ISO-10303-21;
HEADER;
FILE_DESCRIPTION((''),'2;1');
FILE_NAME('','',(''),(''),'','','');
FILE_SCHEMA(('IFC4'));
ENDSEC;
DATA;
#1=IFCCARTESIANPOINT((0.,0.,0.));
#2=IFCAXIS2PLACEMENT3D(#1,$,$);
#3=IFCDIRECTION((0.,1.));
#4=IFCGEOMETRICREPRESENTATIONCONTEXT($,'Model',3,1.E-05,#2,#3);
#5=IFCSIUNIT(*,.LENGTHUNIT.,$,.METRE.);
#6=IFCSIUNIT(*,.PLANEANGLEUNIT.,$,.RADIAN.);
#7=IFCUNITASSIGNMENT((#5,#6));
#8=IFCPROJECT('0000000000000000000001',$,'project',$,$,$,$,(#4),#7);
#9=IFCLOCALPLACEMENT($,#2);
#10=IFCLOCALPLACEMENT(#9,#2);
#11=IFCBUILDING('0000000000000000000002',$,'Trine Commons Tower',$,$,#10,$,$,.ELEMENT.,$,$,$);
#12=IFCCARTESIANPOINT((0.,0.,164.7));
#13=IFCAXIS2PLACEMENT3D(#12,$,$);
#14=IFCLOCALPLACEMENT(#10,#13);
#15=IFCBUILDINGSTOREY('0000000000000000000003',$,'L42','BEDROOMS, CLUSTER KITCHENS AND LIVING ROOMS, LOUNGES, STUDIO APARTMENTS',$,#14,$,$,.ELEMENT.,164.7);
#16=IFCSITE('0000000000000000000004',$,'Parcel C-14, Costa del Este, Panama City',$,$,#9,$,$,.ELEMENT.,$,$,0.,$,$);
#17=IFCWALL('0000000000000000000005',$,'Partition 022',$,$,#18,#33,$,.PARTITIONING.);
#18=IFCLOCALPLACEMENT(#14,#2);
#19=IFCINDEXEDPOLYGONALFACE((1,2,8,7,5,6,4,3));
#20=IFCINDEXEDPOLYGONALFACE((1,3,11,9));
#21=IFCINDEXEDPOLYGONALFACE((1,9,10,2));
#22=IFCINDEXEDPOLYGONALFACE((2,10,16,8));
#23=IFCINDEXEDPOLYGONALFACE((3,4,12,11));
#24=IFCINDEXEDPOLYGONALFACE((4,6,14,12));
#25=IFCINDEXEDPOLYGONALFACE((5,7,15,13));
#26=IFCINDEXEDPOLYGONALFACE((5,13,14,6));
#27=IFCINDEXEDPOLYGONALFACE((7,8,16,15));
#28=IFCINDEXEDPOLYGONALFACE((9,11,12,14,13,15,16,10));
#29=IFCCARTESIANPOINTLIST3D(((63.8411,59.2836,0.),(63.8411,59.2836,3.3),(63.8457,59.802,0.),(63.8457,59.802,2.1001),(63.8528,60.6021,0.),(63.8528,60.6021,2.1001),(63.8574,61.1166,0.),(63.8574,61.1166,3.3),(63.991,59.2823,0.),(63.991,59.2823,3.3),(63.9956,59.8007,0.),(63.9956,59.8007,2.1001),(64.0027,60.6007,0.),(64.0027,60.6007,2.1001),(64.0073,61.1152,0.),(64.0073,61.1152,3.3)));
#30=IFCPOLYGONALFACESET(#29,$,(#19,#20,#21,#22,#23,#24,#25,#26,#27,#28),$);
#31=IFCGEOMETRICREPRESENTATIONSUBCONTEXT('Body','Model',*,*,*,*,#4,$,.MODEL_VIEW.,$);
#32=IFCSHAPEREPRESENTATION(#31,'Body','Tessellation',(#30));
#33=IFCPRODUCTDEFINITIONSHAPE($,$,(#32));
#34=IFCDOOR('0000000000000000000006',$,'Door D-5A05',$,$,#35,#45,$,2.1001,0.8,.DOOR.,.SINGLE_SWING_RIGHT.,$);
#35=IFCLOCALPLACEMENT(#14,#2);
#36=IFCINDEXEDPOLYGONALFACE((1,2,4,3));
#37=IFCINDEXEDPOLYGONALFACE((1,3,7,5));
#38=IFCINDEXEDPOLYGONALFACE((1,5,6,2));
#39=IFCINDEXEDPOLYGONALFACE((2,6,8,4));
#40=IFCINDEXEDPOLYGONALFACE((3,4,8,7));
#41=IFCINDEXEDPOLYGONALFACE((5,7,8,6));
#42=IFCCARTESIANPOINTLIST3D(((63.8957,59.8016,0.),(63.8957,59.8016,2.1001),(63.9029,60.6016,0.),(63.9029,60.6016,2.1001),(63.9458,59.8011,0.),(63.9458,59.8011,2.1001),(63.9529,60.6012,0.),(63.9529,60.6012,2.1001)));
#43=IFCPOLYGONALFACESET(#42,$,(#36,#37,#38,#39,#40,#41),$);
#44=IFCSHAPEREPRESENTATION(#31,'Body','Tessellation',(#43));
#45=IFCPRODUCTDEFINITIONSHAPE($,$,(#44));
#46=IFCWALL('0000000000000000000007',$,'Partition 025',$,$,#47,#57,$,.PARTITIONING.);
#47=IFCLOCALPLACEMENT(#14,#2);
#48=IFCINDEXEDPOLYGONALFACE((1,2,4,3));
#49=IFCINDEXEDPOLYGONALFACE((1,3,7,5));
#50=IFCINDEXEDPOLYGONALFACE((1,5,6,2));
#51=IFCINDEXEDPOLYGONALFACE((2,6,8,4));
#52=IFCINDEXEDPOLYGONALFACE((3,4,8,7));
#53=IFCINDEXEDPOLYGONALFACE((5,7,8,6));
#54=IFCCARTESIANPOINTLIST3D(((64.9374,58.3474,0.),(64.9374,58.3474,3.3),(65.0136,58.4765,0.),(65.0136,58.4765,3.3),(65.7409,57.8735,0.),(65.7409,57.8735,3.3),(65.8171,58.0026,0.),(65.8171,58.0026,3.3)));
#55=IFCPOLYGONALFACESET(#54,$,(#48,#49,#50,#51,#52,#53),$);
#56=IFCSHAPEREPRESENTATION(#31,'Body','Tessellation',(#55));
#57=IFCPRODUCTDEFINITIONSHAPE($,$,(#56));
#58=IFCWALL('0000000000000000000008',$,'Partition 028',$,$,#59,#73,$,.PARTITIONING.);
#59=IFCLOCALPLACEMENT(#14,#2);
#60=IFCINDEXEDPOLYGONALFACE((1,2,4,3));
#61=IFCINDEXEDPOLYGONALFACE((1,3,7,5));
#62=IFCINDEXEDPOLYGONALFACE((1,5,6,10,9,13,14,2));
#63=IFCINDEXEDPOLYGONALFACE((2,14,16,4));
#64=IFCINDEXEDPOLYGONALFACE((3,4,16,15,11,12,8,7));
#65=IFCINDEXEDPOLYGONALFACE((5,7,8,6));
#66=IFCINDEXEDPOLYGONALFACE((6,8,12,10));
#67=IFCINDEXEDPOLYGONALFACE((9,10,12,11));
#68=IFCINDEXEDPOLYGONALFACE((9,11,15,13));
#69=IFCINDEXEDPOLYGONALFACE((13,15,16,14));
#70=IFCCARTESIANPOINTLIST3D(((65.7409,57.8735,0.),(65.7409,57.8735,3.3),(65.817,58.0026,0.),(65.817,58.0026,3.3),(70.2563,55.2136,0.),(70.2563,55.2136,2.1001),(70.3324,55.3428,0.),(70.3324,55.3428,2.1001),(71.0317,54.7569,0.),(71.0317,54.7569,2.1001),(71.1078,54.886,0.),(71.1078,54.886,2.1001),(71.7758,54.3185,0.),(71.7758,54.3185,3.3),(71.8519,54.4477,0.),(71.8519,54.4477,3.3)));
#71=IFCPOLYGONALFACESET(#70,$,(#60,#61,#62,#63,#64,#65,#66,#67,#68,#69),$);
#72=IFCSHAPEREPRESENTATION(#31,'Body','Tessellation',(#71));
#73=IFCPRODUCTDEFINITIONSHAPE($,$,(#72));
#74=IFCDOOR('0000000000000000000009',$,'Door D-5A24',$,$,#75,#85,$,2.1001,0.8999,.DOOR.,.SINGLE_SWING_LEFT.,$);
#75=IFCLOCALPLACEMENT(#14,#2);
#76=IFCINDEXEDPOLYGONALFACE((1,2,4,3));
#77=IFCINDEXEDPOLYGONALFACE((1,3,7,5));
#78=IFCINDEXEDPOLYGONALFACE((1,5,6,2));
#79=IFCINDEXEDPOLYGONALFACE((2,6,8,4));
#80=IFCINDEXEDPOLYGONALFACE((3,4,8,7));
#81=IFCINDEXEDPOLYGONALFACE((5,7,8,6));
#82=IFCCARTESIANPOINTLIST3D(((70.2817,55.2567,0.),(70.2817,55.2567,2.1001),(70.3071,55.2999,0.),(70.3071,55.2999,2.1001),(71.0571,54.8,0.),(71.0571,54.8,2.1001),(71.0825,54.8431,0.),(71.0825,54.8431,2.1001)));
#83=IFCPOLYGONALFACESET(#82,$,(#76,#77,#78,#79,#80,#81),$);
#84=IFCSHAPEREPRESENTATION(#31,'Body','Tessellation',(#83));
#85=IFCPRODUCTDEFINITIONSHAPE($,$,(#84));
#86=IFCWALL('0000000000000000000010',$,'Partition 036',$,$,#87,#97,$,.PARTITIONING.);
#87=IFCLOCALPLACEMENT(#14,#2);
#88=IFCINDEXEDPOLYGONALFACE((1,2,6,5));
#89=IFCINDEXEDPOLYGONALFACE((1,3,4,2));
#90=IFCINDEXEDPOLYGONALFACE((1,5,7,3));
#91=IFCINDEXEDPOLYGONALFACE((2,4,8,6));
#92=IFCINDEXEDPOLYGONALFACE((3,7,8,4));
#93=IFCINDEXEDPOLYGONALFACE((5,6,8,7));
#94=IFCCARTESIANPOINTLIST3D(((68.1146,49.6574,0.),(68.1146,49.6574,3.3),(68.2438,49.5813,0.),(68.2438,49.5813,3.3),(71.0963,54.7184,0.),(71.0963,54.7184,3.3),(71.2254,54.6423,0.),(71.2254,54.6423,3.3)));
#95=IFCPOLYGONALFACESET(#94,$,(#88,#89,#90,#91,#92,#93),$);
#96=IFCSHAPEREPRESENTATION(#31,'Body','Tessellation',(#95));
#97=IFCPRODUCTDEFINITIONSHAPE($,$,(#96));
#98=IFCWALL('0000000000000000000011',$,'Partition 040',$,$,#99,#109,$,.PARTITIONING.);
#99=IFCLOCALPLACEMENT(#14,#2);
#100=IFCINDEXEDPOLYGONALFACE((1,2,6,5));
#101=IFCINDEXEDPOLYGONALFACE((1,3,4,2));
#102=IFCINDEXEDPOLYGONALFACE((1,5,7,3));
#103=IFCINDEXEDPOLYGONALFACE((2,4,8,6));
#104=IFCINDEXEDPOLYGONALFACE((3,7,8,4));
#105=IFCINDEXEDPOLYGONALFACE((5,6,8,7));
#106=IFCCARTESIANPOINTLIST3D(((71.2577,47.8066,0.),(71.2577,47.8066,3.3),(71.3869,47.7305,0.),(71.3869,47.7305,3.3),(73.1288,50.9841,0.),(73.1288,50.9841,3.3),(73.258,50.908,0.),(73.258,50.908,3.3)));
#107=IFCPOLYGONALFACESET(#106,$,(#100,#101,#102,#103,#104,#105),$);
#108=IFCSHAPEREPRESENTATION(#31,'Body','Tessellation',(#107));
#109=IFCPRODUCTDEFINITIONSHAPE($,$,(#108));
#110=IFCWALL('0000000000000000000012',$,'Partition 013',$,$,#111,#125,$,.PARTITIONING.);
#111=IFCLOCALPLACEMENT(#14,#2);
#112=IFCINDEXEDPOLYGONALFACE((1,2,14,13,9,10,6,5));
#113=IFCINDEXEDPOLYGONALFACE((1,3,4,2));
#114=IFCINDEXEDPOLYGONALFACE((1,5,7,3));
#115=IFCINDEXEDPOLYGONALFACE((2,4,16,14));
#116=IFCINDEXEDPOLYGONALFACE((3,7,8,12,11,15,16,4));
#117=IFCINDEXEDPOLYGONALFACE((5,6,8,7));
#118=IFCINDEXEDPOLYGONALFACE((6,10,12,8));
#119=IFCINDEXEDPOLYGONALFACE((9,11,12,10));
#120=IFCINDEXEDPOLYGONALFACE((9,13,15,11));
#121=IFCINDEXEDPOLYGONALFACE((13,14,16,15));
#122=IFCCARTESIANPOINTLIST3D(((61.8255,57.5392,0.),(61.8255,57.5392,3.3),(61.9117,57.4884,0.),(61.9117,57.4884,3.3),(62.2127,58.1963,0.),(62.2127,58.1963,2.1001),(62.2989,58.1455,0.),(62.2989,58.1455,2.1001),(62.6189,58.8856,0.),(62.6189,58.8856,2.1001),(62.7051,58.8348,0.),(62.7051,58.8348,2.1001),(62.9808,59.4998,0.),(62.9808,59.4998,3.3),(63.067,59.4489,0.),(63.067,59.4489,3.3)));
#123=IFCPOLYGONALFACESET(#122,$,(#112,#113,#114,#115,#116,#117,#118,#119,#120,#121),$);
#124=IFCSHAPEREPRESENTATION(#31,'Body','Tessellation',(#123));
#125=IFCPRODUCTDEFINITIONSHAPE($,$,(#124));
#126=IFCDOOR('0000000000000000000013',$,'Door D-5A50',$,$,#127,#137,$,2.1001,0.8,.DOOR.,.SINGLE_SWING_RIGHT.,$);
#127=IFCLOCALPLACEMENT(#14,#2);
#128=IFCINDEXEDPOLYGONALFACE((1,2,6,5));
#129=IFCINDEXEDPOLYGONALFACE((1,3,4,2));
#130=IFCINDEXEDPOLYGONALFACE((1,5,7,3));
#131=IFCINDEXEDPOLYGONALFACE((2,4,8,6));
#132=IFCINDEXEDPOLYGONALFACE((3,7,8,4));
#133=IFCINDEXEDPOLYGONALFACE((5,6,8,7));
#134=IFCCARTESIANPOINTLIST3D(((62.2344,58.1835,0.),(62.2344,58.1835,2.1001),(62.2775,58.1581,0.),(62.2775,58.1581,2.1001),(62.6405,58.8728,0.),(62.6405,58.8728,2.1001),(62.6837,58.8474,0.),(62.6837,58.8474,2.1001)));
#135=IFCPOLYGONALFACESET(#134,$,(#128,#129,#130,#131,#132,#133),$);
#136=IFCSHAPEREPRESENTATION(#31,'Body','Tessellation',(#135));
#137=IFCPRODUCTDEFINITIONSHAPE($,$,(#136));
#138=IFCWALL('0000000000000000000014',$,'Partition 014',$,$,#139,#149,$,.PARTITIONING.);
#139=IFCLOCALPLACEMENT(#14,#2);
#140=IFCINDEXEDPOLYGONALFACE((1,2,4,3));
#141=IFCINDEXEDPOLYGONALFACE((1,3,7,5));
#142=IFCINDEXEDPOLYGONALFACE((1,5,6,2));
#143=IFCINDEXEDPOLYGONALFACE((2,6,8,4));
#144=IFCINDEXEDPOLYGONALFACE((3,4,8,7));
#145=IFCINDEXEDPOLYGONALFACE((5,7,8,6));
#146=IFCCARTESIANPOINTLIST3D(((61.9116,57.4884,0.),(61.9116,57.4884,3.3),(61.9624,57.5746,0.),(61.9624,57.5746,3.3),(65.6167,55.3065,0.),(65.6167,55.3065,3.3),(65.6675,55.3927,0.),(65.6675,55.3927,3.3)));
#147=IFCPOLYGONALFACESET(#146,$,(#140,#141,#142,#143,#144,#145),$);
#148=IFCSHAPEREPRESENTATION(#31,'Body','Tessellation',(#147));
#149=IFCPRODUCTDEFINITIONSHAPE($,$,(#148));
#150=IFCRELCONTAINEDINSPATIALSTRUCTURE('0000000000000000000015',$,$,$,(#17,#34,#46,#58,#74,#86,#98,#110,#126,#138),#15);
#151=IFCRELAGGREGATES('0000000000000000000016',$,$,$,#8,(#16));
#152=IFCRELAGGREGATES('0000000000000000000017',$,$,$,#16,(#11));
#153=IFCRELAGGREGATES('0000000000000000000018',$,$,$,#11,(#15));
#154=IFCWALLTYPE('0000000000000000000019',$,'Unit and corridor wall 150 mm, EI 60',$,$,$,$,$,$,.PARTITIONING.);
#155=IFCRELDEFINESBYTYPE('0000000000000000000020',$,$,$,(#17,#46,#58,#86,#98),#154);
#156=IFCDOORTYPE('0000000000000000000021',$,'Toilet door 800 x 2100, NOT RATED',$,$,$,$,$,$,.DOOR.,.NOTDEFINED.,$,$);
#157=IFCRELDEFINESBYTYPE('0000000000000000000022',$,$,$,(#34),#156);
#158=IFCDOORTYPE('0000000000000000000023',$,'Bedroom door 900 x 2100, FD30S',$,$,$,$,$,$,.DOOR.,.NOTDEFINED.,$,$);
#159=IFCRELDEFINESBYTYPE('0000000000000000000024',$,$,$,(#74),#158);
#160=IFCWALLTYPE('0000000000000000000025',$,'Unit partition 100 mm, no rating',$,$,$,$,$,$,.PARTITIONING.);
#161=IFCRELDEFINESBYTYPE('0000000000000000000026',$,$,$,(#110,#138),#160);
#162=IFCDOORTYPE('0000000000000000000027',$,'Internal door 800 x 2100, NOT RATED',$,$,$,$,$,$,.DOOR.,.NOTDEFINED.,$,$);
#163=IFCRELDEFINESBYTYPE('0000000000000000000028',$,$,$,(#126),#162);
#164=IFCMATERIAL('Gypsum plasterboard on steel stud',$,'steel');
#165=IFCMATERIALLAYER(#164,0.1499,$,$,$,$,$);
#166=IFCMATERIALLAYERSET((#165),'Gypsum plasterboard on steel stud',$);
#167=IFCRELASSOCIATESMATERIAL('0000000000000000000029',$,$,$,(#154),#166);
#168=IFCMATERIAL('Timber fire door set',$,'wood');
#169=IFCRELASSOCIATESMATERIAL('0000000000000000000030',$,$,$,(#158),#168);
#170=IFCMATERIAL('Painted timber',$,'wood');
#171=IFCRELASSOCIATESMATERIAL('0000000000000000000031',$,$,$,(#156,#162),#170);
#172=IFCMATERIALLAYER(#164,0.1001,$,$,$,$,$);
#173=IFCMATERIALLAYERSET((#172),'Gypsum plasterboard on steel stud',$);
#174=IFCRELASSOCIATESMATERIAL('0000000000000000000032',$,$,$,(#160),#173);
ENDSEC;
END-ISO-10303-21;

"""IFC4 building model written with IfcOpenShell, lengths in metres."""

from ifc_helpers import new_model, si_unit, direction, frame, frame_2d, origin, place, context, subcontext, project, spatial, rectangle, extrude, material, layer, layer_set, type_object, element, fill, save


model = new_model("IFC4")

# Units and contexts
model_context = context("Model", 3, precision=1e-05, world=origin(), true_north=direction((0.0, 1.0)))
body_context = subcontext(model_context, "Body", "Model", "MODEL_VIEW")
ifc_project = project(units=[si_unit("LENGTHUNIT", "METRE"), si_unit("PLANEANGLEUNIT", "RADIAN")], contexts=[model_context])

# Site, building, storey
site_placement = place(None, origin())
site = spatial("IfcSite", under=ifc_project, at=site_placement, Name="Parcel C-14, Costa del Este, Panama City", CompositionType="ELEMENT", RefElevation=0.0)
building_placement = place(site_placement, origin())
building = spatial("IfcBuilding", under=site, at=building_placement, Name="Trine Commons Tower", CompositionType="ELEMENT")
storey_placement = place(building_placement, frame((0.0, 0.0, 164.7)))
storey = spatial("IfcBuildingStorey", under=building, at=storey_placement, Name="L42", Description="BEDROOMS, CLUSTER KITCHENS AND LIVING ROOMS, LOUNGES, STUDIO APARTMENTS", CompositionType="ELEMENT", Elevation=164.7)

# Shared definitions
ifc_material_1 = material(Name="Gypsum plasterboard on steel stud", Category="steel")
ifc_layer_1 = layer(ifc_material_1, 0.1499)
ifc_layer_set_1 = layer_set([ifc_layer_1], Name="Gypsum plasterboard on steel stud")
wall_type_1 = type_object("IfcWallType", Name="Unit and corridor wall 150 mm, EI 60", PredefinedType="PARTITIONING", material=ifc_layer_set_1)
ifc_material_2 = material(Name="Timber fire door set", Category="wood")
door_type_1 = type_object("IfcDoorType", Name="Bedroom door 900 x 2100, FD30S", OperationType="NOTDEFINED", PredefinedType="DOOR", material=ifc_material_2)

# Wall, opening, door
wall_1_placement = place(storey_placement, frame((63.916, 59.283, 0.0), z_axis=(0.0, 0.0, 1.0), x_axis=(0.008923, 0.99996, 0.0)))
wall_1 = element("IfcWall", 1, at=wall_1_placement, inside=storey, type_object=wall_type_1, Name="Partition 022", PredefinedType="PARTITIONING", context=body_context, shape_type="SweptSolid", body=[
    extrude(rectangle(XDim=1.833, YDim=0.1499, at=frame_2d((0.9165, 0.0))), origin(), (0.0, 0.0, 1.0), 3.3),
])
opening_1_placement = place(wall_1_placement, frame((0.5186, 0.0, 0.0)))
opening_1 = element("IfcOpeningElement", 2, at=opening_1_placement, cuts=wall_1, PredefinedType="OPENING", context=body_context, shape_type="SweptSolid", body=[
    extrude(rectangle(XDim=0.8, YDim=2.1001, at=frame_2d((0.3999, 1.05))), frame((0.0, 0.085, 0.0), z_axis=(0.0, -1.0, 0.0), x_axis=(1.0, 0.0, 0.0)), (0.0, 0.0, 1.0), 0.1699),
])
ifc_material_3 = material(Name="Painted timber", Category="wood")
door_type_2 = type_object("IfcDoorType", Name="Toilet door 800 x 2100, NOT RATED", OperationType="NOTDEFINED", PredefinedType="DOOR", material=ifc_material_3)
door_1_placement = place(opening_1_placement, origin())
door_1 = element("IfcDoor", 3, at=door_1_placement, inside=storey, type_object=door_type_2, Name="Door D-5A05", OperationType="SINGLE_SWING_RIGHT", OverallHeight=2.1001, OverallWidth=0.8, PredefinedType="DOOR", context=body_context, shape_type="SweptSolid", body=[
    extrude(rectangle(XDim=0.8, YDim=2.1001, at=frame_2d((0.3999, 1.05))), frame((0.0, 0.0249, 0.0), z_axis=(0.0, -1.0, 0.0), x_axis=(1.0, 0.0, 0.0)), (0.0, 0.0, 1.0), 0.05),
])
fill(opening_1, door_1)

# Wall
wall_2_placement = place(storey_placement, frame((64.9756, 58.4119, 0.0), z_axis=(0.0, 0.0, 1.0), x_axis=(0.861348, -0.508015, 0.0)))
element("IfcWall", 4, at=wall_2_placement, inside=storey, type_object=wall_type_1, Name="Partition 025", PredefinedType="PARTITIONING", context=body_context, shape_type="SweptSolid", body=[
    extrude(rectangle(XDim=0.9329, YDim=0.1499, at=frame_2d((0.4663, 0.0))), origin(), (0.0, 0.0, 1.0), 3.3),
])

# Wall, opening, door
wall_3_placement = place(storey_placement, frame((65.7791, 57.938, 0.0), z_axis=(0.0, 0.0, 1.0), x_axis=(0.861623, -0.507549, 0.0)))
wall_3 = element("IfcWall", 5, at=wall_3_placement, inside=storey, type_object=wall_type_1, Name="Partition 028", PredefinedType="PARTITIONING", context=body_context, shape_type="SweptSolid", body=[
    extrude(rectangle(XDim=7.0042, YDim=0.1499, at=frame_2d((3.502, 0.0))), origin(), (0.0, 0.0, 1.0), 3.3),
])
opening_2_placement = place(wall_3_placement, frame((5.2405, 0.0, 0.0)))
opening_2 = element("IfcOpeningElement", 6, at=opening_2_placement, cuts=wall_3, PredefinedType="OPENING", context=body_context, shape_type="SweptSolid", body=[
    extrude(rectangle(XDim=0.8999, YDim=2.1001, at=frame_2d((0.45, 1.05))), frame((0.0, 0.085, 0.0), z_axis=(0.0, -1.0, 0.0), x_axis=(1.0, 0.0, 0.0)), (0.0, 0.0, 1.0), 0.1699),
])
door_2_placement = place(opening_2_placement, frame((0.8999, 0.0, 0.0), z_axis=(0.0, 0.0, 1.0), x_axis=(-1.0, 0.0, 0.0)))
door_2 = element("IfcDoor", 7, at=door_2_placement, inside=storey, type_object=door_type_1, Name="Door D-5A24", OperationType="SINGLE_SWING_LEFT", OverallHeight=2.1001, OverallWidth=0.8999, PredefinedType="DOOR", context=body_context, shape_type="SweptSolid", body=[
    extrude(rectangle(XDim=0.8999, YDim=2.1001, at=frame_2d((0.45, 1.05))), frame((0.0, 0.0249, 0.0), z_axis=(0.0, -1.0, 0.0), x_axis=(1.0, 0.0, 0.0)), (0.0, 0.0, 1.0), 0.05),
])
fill(opening_2, door_2)

# Walls
wall_4_placement = place(storey_placement, frame((68.1792, 49.6194, 0.0), z_axis=(0.0, 0.0, 1.0), x_axis=(0.507603, 0.861591, 0.0)))
element("IfcWall", 8, at=wall_4_placement, inside=storey, type_object=wall_type_1, Name="Partition 036", PredefinedType="PARTITIONING", context=body_context, shape_type="SweptSolid", body=[
    extrude(rectangle(XDim=5.874, YDim=0.1499, at=frame_2d((2.937, 0.0))), origin(), (0.0, 0.0, 1.0), 3.3),
])
wall_5_placement = place(storey_placement, frame((71.3223, 47.7686, 0.0), z_axis=(0.0, 0.0, 1.0), x_axis=(0.507419, 0.861699, 0.0)))
element("IfcWall", 9, at=wall_5_placement, inside=storey, type_object=wall_type_1, Name="Partition 040", PredefinedType="PARTITIONING", context=body_context, shape_type="SweptSolid", body=[
    extrude(rectangle(XDim=3.6875, YDim=0.1499, at=frame_2d((1.8438, 0.0))), origin(), (0.0, 0.0, 1.0), 3.3),
])

# Wall, opening, door
ifc_layer_2 = layer(ifc_material_1, 0.1001)
ifc_layer_set_2 = layer_set([ifc_layer_2], Name="Gypsum plasterboard on steel stud")
wall_type_2 = type_object("IfcWallType", Name="Unit partition 100 mm, no rating", PredefinedType="PARTITIONING", material=ifc_layer_set_2)
wall_6_placement = place(storey_placement, frame((61.8687, 57.5139, 0.0), z_axis=(0.0, 0.0, 1.0), x_axis=(0.507695, 0.861537, 0.0)))
wall_6 = element("IfcWall", 10, at=wall_6_placement, inside=storey, type_object=wall_type_2, Name="Partition 013", PredefinedType="PARTITIONING", context=body_context, shape_type="SweptSolid", body=[
    extrude(rectangle(XDim=2.2756, YDim=0.1001, at=frame_2d((1.1377, 0.0))), origin(), (0.0, 0.0, 1.0), 3.3),
])
opening_3_placement = place(wall_6_placement, frame((0.7627, 0.0, 0.0)))
opening_3 = element("IfcOpeningElement", 11, at=opening_3_placement, cuts=wall_6, PredefinedType="OPENING", context=body_context, shape_type="SweptSolid", body=[
    extrude(rectangle(XDim=0.8, YDim=2.1001, at=frame_2d((0.3999, 1.05))), frame((0.0, 0.0601, 0.0), z_axis=(0.0, -1.0, 0.0), x_axis=(1.0, 0.0, 0.0)), (0.0, 0.0, 1.0), 0.1201),
])
door_type_3 = type_object("IfcDoorType", Name="Internal door 800 x 2100, NOT RATED", OperationType="NOTDEFINED", PredefinedType="DOOR", material=ifc_material_3)
door_3_placement = place(opening_3_placement, origin())
door_3 = element("IfcDoor", 12, at=door_3_placement, inside=storey, type_object=door_type_3, Name="Door D-5A50", OperationType="SINGLE_SWING_RIGHT", OverallHeight=2.1001, OverallWidth=0.8, PredefinedType="DOOR", context=body_context, shape_type="SweptSolid", body=[
    extrude(rectangle(XDim=0.8, YDim=2.1001, at=frame_2d((0.3999, 1.05))), frame((0.0, 0.0249, 0.0), z_axis=(0.0, -1.0, 0.0), x_axis=(1.0, 0.0, 0.0)), (0.0, 0.0, 1.0), 0.05),
])
fill(opening_3, door_3)

# Wall
wall_7_placement = place(storey_placement, frame((61.937, 57.5315, 0.0), z_axis=(0.0, 0.0, 1.0), x_axis=(0.861687, -0.507439, 0.0)))
element("IfcWall", 13, at=wall_7_placement, inside=storey, type_object=wall_type_2, Name="Partition 014", PredefinedType="PARTITIONING", context=body_context, shape_type="SweptSolid", body=[
    extrude(rectangle(XDim=4.2998, YDim=0.1001, at=frame_2d((2.1499, 0.0))), origin(), (0.0, 0.0, 1.0), 3.3),
])

save(model, "model.ifc")
